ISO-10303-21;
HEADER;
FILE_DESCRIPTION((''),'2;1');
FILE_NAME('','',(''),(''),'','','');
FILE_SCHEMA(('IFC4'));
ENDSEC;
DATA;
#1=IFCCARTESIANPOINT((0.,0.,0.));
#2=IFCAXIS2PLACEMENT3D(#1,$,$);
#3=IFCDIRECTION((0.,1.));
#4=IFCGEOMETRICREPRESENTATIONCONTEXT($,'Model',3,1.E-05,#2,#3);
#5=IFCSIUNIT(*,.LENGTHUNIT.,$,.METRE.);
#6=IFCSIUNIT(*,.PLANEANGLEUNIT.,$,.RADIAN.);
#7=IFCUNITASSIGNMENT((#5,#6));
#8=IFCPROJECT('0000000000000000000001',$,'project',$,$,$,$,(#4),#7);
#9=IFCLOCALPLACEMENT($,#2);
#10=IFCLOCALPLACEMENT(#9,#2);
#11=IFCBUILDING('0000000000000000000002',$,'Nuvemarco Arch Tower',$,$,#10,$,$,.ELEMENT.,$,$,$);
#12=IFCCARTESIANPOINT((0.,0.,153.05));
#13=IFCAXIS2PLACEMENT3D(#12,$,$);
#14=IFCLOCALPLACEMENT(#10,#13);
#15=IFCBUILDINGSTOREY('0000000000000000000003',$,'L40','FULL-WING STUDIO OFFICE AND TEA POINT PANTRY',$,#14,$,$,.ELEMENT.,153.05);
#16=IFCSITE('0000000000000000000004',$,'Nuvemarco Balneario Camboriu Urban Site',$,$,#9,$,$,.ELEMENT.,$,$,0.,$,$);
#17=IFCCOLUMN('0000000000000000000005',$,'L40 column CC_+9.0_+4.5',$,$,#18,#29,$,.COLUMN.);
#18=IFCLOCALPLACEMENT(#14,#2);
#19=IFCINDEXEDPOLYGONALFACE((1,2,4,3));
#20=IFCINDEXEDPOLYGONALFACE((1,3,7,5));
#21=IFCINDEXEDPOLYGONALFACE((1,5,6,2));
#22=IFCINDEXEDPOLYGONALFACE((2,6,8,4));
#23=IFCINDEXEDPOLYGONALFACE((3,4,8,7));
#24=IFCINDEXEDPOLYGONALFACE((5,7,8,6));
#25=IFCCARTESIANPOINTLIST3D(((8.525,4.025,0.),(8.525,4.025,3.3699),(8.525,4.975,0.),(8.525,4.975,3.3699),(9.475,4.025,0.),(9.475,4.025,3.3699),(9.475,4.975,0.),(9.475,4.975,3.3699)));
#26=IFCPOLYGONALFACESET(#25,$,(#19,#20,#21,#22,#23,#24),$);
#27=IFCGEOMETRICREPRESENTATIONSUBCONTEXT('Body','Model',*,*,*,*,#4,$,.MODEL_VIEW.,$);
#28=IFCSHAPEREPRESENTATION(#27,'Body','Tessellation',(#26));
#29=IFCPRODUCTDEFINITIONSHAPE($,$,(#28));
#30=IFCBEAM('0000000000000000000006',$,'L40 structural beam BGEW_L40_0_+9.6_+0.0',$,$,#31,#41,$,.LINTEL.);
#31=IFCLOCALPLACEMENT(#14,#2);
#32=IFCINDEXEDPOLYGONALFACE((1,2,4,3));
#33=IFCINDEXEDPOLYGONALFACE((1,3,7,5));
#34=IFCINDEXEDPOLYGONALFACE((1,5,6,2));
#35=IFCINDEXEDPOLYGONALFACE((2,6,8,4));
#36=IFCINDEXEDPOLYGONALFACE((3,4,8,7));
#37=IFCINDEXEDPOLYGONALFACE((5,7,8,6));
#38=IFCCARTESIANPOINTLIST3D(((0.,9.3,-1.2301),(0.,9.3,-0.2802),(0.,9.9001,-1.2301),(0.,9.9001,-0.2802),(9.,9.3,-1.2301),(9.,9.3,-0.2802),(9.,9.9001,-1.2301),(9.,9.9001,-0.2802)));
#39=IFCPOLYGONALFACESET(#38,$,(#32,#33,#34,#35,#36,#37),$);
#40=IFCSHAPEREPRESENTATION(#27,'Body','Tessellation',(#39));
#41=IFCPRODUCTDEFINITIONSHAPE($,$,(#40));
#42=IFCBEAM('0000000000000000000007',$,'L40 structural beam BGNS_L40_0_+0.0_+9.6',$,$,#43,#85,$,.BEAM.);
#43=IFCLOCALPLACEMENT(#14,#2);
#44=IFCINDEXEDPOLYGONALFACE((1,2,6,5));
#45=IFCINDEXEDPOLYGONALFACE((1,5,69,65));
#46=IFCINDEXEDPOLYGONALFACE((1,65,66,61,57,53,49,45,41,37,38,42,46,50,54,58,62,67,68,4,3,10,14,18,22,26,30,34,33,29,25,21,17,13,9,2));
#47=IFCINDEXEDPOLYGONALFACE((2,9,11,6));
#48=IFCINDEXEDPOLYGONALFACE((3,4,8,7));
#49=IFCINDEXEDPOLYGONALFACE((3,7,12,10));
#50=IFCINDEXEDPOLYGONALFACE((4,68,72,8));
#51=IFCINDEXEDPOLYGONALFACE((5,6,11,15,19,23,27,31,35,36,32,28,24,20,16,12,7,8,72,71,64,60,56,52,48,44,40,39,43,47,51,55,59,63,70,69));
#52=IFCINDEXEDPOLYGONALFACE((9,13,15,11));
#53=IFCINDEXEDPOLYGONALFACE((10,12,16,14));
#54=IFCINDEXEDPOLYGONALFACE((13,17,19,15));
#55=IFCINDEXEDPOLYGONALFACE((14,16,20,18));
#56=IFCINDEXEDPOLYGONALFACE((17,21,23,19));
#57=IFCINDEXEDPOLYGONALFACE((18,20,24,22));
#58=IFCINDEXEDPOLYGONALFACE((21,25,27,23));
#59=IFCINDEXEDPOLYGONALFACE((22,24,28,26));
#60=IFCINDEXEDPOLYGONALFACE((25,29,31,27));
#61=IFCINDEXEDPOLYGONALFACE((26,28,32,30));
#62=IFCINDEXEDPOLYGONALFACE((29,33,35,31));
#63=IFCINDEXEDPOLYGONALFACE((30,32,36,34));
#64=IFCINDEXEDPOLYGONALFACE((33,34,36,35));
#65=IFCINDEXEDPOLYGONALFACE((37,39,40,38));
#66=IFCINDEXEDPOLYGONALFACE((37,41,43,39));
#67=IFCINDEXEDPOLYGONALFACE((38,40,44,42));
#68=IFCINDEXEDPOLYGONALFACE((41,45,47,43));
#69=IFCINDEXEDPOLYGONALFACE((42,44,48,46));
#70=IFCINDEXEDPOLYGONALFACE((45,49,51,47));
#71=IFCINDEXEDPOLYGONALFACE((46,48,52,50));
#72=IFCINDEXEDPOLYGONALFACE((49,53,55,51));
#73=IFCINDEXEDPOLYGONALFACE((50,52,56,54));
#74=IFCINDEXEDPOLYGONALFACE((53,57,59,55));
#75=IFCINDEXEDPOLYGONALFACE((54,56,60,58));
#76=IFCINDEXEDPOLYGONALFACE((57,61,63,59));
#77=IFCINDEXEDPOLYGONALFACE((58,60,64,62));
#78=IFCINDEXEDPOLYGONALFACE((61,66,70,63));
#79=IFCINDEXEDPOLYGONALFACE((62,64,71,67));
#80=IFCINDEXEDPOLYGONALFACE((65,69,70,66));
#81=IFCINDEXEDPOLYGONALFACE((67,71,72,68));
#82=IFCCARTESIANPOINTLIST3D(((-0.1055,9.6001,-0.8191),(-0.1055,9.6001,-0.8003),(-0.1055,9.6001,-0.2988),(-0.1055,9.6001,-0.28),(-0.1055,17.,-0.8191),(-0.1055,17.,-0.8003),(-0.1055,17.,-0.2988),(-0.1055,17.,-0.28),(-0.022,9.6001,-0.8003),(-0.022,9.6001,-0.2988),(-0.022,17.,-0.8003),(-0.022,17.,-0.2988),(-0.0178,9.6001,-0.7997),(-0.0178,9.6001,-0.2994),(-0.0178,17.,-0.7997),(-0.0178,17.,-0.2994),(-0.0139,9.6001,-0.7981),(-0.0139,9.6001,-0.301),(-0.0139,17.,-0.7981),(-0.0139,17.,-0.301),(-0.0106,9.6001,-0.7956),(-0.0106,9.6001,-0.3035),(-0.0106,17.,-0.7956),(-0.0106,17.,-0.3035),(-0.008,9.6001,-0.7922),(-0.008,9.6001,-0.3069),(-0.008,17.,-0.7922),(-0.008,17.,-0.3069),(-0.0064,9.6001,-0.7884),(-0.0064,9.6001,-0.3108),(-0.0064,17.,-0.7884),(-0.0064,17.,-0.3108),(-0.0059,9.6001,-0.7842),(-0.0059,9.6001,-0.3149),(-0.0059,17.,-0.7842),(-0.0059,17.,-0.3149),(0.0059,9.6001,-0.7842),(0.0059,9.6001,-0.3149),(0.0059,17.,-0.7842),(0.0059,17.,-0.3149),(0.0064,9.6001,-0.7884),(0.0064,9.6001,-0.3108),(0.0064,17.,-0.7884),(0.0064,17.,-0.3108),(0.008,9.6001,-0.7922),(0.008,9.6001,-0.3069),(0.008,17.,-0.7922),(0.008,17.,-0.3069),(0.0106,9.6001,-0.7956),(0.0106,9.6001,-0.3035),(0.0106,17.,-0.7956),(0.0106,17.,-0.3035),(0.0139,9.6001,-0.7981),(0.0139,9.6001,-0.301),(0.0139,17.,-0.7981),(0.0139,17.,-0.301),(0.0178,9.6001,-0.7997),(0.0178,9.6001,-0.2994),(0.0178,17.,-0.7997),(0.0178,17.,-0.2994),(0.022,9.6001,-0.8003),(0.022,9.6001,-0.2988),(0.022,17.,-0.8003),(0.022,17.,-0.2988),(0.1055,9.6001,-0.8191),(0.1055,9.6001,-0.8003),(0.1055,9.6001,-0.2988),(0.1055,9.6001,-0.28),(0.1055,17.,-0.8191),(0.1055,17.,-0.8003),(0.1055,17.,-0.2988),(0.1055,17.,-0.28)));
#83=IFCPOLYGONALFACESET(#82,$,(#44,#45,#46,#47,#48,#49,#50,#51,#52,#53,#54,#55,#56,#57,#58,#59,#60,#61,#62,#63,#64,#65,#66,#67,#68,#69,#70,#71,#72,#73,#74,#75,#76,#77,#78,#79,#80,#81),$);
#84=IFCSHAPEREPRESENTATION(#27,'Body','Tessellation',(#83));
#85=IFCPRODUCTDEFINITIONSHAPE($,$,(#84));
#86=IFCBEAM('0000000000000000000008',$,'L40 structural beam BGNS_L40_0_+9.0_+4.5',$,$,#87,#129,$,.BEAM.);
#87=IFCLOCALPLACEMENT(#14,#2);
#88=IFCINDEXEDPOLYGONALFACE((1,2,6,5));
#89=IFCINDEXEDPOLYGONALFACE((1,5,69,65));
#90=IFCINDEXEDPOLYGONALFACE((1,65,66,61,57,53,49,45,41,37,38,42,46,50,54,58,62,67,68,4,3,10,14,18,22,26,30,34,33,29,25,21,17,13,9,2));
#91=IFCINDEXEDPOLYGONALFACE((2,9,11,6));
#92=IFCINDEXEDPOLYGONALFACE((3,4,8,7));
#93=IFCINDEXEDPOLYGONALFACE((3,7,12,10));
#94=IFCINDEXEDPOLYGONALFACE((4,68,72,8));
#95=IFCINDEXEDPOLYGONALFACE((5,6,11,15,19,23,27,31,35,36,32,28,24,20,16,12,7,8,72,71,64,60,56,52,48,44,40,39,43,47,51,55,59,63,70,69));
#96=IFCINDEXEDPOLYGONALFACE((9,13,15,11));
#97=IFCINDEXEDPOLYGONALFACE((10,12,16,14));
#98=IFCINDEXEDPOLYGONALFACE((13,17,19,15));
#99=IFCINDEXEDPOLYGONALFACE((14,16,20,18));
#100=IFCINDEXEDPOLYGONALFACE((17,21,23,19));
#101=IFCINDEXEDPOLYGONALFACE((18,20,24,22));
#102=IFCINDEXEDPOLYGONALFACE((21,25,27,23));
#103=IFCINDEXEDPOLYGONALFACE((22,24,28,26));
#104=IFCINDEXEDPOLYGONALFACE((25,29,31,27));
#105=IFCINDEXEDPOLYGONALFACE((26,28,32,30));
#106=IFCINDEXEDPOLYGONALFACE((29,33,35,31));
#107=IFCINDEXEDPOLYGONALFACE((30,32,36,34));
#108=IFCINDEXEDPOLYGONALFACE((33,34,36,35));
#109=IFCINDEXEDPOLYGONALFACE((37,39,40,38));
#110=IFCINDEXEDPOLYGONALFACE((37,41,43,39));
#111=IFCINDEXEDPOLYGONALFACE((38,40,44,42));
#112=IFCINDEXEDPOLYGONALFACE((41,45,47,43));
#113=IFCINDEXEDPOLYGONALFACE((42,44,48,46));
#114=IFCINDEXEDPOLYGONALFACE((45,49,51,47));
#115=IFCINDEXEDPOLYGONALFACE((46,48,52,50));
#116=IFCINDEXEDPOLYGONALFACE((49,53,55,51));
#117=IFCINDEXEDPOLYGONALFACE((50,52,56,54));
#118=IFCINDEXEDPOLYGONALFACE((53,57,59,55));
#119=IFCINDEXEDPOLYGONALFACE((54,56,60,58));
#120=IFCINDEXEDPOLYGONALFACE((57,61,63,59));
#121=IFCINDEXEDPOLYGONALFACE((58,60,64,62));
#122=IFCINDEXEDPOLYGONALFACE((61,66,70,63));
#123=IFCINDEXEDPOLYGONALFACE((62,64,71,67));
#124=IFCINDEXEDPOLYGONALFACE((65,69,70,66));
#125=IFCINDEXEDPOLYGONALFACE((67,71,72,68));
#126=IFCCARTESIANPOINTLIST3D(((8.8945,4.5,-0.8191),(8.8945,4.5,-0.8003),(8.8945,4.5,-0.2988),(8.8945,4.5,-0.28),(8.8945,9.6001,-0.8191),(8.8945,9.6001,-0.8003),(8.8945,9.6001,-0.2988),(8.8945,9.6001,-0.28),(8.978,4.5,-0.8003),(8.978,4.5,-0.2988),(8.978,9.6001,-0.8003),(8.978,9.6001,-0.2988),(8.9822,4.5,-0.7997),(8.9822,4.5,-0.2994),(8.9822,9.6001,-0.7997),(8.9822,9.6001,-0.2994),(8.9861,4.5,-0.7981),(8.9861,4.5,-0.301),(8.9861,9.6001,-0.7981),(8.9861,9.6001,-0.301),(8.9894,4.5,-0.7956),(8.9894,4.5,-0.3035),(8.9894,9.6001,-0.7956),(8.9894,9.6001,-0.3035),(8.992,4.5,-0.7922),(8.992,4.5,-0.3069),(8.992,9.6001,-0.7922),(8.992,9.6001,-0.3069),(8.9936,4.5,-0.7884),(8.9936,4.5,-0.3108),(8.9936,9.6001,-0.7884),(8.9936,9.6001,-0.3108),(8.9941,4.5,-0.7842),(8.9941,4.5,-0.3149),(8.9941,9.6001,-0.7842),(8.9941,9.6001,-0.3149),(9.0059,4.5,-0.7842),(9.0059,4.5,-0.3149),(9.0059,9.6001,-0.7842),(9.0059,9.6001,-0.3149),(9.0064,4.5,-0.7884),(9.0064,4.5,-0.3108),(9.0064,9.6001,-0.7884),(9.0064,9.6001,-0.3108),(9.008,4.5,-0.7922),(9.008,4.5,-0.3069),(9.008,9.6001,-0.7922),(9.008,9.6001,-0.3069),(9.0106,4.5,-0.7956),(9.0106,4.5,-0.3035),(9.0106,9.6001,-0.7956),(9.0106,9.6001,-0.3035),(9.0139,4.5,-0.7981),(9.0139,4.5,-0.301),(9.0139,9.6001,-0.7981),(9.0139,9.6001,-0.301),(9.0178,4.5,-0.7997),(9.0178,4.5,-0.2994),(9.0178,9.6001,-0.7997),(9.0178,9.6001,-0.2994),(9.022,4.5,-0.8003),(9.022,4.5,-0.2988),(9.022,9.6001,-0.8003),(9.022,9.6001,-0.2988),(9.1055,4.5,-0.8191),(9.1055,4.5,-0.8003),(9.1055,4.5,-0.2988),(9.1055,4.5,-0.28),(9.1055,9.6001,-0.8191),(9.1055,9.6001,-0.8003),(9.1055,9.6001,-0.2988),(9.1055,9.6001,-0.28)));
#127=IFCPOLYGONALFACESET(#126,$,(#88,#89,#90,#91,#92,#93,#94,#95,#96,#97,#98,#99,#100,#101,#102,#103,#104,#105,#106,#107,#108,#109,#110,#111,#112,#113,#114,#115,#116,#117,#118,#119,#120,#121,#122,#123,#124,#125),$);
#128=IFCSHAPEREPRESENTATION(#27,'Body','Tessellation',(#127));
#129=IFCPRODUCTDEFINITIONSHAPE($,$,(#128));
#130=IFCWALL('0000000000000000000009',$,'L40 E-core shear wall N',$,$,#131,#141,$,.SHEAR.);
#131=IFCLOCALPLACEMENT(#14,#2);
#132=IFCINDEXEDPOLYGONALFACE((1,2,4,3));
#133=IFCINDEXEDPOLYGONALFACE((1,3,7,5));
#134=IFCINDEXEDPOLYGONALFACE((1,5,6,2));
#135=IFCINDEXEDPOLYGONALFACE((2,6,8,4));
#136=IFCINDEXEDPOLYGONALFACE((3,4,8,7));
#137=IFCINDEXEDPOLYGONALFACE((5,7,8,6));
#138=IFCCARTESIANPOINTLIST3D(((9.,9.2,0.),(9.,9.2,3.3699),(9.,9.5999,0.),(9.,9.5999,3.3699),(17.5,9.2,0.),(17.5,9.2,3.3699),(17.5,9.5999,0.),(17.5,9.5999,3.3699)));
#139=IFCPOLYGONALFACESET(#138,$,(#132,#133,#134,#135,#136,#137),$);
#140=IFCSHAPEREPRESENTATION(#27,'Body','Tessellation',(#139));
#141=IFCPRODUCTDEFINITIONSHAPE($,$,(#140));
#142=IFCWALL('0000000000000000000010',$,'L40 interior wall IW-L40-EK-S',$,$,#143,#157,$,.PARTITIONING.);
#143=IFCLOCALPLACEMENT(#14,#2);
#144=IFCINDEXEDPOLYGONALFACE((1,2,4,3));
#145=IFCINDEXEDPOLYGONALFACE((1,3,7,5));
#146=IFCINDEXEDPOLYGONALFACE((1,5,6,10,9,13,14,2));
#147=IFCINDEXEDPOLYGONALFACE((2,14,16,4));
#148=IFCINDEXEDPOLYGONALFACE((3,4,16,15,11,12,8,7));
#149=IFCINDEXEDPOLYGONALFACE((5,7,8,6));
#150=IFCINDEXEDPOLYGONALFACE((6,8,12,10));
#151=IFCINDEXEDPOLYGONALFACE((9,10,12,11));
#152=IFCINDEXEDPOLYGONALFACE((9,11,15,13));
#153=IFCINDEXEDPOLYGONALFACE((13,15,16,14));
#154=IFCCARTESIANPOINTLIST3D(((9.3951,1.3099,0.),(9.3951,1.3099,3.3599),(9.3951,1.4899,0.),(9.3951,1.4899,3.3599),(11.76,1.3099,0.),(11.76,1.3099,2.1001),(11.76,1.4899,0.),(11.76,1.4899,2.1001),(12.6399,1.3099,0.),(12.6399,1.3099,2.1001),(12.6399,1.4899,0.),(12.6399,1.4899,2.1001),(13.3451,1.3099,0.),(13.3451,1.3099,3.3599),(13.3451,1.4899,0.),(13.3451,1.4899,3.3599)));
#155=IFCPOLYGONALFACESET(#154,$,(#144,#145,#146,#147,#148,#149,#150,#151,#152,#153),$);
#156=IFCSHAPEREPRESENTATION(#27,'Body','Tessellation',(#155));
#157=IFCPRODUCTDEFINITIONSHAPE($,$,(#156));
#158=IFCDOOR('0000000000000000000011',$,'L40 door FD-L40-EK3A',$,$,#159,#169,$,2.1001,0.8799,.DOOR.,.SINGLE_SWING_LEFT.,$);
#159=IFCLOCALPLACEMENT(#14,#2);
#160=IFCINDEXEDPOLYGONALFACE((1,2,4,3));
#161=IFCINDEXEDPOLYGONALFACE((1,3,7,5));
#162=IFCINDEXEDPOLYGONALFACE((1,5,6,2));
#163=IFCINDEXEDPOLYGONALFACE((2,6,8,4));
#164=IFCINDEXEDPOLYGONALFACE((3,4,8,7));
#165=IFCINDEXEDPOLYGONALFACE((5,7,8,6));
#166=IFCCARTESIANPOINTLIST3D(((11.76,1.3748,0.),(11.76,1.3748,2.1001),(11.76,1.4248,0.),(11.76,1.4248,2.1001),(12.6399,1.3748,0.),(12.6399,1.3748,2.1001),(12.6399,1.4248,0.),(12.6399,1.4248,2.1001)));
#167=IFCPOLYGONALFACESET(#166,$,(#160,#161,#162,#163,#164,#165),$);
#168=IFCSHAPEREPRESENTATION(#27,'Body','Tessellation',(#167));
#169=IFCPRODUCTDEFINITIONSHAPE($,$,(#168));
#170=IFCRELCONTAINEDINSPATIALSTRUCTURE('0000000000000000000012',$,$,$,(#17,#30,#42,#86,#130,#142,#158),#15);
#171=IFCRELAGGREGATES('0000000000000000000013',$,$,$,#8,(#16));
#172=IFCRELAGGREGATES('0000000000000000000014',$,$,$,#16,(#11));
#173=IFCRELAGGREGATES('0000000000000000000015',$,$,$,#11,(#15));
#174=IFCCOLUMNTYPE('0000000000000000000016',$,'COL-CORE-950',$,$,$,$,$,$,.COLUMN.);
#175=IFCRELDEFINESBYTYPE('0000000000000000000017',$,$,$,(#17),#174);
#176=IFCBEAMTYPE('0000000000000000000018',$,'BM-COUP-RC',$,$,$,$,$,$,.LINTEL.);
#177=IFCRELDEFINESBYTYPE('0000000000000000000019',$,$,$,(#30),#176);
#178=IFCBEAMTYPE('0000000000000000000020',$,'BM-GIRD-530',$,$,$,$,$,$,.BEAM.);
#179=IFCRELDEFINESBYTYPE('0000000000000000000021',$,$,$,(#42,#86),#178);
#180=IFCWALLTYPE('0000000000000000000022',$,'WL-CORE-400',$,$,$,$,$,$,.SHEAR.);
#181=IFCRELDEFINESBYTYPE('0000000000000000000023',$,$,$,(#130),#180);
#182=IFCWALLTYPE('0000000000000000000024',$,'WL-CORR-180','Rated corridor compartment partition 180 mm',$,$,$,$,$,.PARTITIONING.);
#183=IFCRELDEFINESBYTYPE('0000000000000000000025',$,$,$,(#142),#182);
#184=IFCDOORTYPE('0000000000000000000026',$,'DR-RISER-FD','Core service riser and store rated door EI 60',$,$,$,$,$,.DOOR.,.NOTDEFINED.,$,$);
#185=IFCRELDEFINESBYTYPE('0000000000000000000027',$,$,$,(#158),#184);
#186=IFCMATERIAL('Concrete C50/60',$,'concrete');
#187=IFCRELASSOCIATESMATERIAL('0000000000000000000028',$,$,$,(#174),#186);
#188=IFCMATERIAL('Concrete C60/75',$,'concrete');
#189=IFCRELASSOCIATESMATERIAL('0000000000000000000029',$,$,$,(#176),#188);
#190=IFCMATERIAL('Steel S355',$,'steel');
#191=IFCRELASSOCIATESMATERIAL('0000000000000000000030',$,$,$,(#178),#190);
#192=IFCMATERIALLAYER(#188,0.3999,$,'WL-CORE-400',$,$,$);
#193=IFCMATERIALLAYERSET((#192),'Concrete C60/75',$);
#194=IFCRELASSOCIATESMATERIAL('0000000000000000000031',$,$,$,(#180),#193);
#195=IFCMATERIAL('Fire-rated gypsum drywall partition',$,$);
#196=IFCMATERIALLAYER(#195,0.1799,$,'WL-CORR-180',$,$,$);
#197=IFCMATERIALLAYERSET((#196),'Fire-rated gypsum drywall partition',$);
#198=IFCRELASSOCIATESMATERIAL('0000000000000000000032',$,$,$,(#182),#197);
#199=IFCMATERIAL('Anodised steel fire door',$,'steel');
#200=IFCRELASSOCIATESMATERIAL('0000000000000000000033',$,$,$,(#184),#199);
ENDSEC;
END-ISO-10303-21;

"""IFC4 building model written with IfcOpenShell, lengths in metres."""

from ifc_helpers import new_model, si_unit, direction, frame, frame_2d, origin, origin_2d, place, context, subcontext, project, spatial, rectangle, i_section, extrude, source, transform, mapped, material, layer, layer_set, material_profile, profile_set, type_object, type_shapes, element, fill, save


model = new_model("IFC4")

# Units and contexts
model_context = context("Model", 3, precision=1e-05, world=origin(), true_north=direction((0.0, 1.0)))
body_context = subcontext(model_context, "Body", "Model", "MODEL_VIEW")
ifc_project = project(units=[si_unit("LENGTHUNIT", "METRE"), si_unit("PLANEANGLEUNIT", "RADIAN")], contexts=[model_context])

# Site, building, storey
site_placement = place(None, origin())
site = spatial("IfcSite", under=ifc_project, at=site_placement, Name="Nuvemarco Balneario Camboriu Urban Site", CompositionType="ELEMENT", RefElevation=0.0)
building_placement = place(site_placement, origin())
building = spatial("IfcBuilding", under=site, at=building_placement, Name="Nuvemarco Arch Tower", CompositionType="ELEMENT")
storey_placement = place(building_placement, frame((0.0, 0.0, 153.05)))
storey = spatial("IfcBuildingStorey", under=building, at=storey_placement, Name="L40", Description="FULL-WING STUDIO OFFICE AND TEA POINT PANTRY", CompositionType="ELEMENT", Elevation=153.05)

# Column
ifc_material_1 = material(Name="Concrete C50/60", Category="concrete")
ifc_material_profile_1 = material_profile(ifc_material_1, rectangle(XDim=0.95, YDim=0.95, at=origin_2d()), Name="RC-COL-950x950")
ifc_profile_set_1 = profile_set([ifc_material_profile_1], Name="Concrete C50/60")
column_type = type_object("IfcColumnType", Name="COL-CORE-950", PredefinedType="COLUMN", material=ifc_profile_set_1)
column_placement = place(storey_placement, frame((9.0, 4.5, 0.0), z_axis=(0.0, 0.0, 1.0), x_axis=(1.0, 0.0, 0.0)))
element("IfcColumn", 1, at=column_placement, inside=storey, type_object=column_type, Name="L40 column CC_+9.0_+4.5", PredefinedType="COLUMN", context=body_context, shape_type="SweptSolid", body=[
    extrude(rectangle(XDim=0.95, YDim=0.95, at=origin_2d()), origin(), (0.0, 0.0, 1.0), 3.3699),
])

# Beams
ifc_material_2 = material(Name="Concrete C60/75", Category="concrete")
ifc_material_profile_2 = material_profile(ifc_material_2, rectangle(XDim=0.6001, YDim=0.95, at=origin_2d()), Name="RC-BM-600x950")
ifc_profile_set_2 = profile_set([ifc_material_profile_2], Name="Concrete C60/75")
beam_type_1 = type_object("IfcBeamType", Name="BM-COUP-RC", PredefinedType="LINTEL", material=ifc_profile_set_2)
beam_1_placement = place(storey_placement, frame((0.0, 9.6001, -0.7551), z_axis=(1.0, 0.0, 0.0), x_axis=(0.0, 1.0, 0.0)))
element("IfcBeam", 2, at=beam_1_placement, inside=storey, type_object=beam_type_1, Name="L40 structural beam BGEW_L40_0_+9.6_+0.0", PredefinedType="LINTEL", context=body_context, shape_type="SweptSolid", body=[
    extrude(rectangle(XDim=0.6001, YDim=0.95, at=origin_2d()), origin(), (0.0, 0.0, 1.0), 9.0),
])
ifc_material_3 = material(Name="Steel S355", Category="steel")
ifc_material_profile_3 = material_profile(ifc_material_3, i_section(OverallWidth=0.2109, OverallDepth=0.5391, WebThickness=0.0117, FlangeThickness=0.0188, FilletRadius=0.0161, at=origin_2d()), Name="W530x109")
ifc_profile_set_3 = profile_set([ifc_material_profile_3], Name="Steel S355")
beam_type_2 = type_object("IfcBeamType", Name="BM-GIRD-530", PredefinedType="BEAM", material=ifc_profile_set_3)
beam_2_placement = place(storey_placement, frame((0.0, 9.6001, -0.5496), z_axis=(0.0, 1.0, 0.0), x_axis=(-1.0, 0.0, 0.0)))
element("IfcBeam", 3, at=beam_2_placement, inside=storey, type_object=beam_type_2, Name="L40 structural beam BGNS_L40_0_+0.0_+9.6", PredefinedType="BEAM", context=body_context, shape_type="SweptSolid", body=[
    extrude(i_section(OverallWidth=0.2109, OverallDepth=0.5391, WebThickness=0.0117, FlangeThickness=0.0188, FilletRadius=0.0161, at=origin_2d()), origin(), (0.0, 0.0, 1.0), 7.3999),
])
beam_3_placement = place(storey_placement, frame((9.0, 4.5, -0.5496), z_axis=(0.0, 1.0, 0.0), x_axis=(-1.0, 0.0, 0.0)))
element("IfcBeam", 4, at=beam_3_placement, inside=storey, type_object=beam_type_2, Name="L40 structural beam BGNS_L40_0_+9.0_+4.5", PredefinedType="BEAM", context=body_context, shape_type="SweptSolid", body=[
    extrude(i_section(OverallWidth=0.2109, OverallDepth=0.5391, WebThickness=0.0117, FlangeThickness=0.0188, FilletRadius=0.0161, at=origin_2d()), origin(), (0.0, 0.0, 1.0), 5.1001),
])

# Wall
ifc_layer_1 = layer(ifc_material_2, 0.3999, Name="WL-CORE-400")
ifc_layer_set_1 = layer_set([ifc_layer_1], Name="Concrete C60/75")
wall_type_1 = type_object("IfcWallType", Name="WL-CORE-400", PredefinedType="SHEAR", material=ifc_layer_set_1)
wall_1_placement = place(storey_placement, frame((9.0, 9.3999, 0.0), z_axis=(0.0, 0.0, 1.0), x_axis=(1.0, 0.0, 0.0)))
element("IfcWall", 5, at=wall_1_placement, inside=storey, type_object=wall_type_1, Name="L40 E-core shear wall N", PredefinedType="SHEAR", context=body_context, shape_type="SweptSolid", body=[
    extrude(rectangle(XDim=8.5, YDim=0.3999, at=frame_2d((4.25, 0.0))), origin(), (0.0, 0.0, 1.0), 3.3699),
])

# Wall, opening, door
ifc_material_4 = material(Name="Fire-rated gypsum drywall partition")
ifc_layer_2 = layer(ifc_material_4, 0.1799, Name="WL-CORR-180")
ifc_layer_set_2 = layer_set([ifc_layer_2], Name="Fire-rated gypsum drywall partition")
wall_type_2 = type_object("IfcWallType", Name="WL-CORR-180", Description="Rated corridor compartment partition 180 mm", PredefinedType="PARTITIONING", material=ifc_layer_set_2)
wall_2_placement = place(storey_placement, frame((9.395, 1.3999, 0.0), z_axis=(0.0, 0.0, 1.0), x_axis=(1.0, 0.0, 0.0)))
wall_2 = element("IfcWall", 6, at=wall_2_placement, inside=storey, type_object=wall_type_2, Name="L40 interior wall IW-L40-EK-S", PredefinedType="PARTITIONING", context=body_context, shape_type="SweptSolid", body=[
    extrude(rectangle(XDim=3.95, YDim=0.1799, at=frame_2d((1.9751, 0.0))), origin(), (0.0, 0.0, 1.0), 3.3599),
])
opening_1_placement = place(wall_2_placement, frame((2.365, 0.0, 0.0)))
opening_1 = element("IfcOpeningElement", 7, at=opening_1_placement, cuts=wall_2, PredefinedType="OPENING", context=body_context, shape_type="SweptSolid", body=[
    extrude(rectangle(XDim=0.8799, YDim=2.1001, at=frame_2d((0.4399, 1.05))), frame((0.0, 0.0999, 0.0), z_axis=(0.0, -1.0, 0.0), x_axis=(1.0, 0.0, 0.0)), (0.0, 0.0, 1.0), 0.2),
])
ifc_material_5 = material(Name="Anodised steel fire door", Category="steel")
door_type_1 = type_object("IfcDoorType", Name="DR-RISER-FD", Description="Core service riser and store rated door EI 60", OperationType="NOTDEFINED", PredefinedType="DOOR", material=ifc_material_5)
shared_shape_1 = source(origin(), body_context, "Body", "SweptSolid", [
    extrude(rectangle(XDim=0.8799, YDim=2.1001, at=frame_2d((0.4399, 1.05))), frame((0.0, 0.0249, 0.0), z_axis=(0.0, -1.0, 0.0), x_axis=(1.0, 0.0, 0.0)), (0.0, 0.0, 1.0), 0.05),
])
type_shapes(door_type_1, [shared_shape_1])
door_1_placement = place(opening_1_placement, origin())
door_1 = element("IfcDoor", 8, at=door_1_placement, inside=storey, type_object=door_type_1, Name="L40 door FD-L40-EK3A", OperationType="SINGLE_SWING_LEFT", OverallHeight=2.1001, OverallWidth=0.8799, PredefinedType="DOOR", context=body_context, shape_type="MappedRepresentation", body=[
    mapped(shared_shape_1, transform((0.0, 0.0, 0.0), scale=1.0)),
])
fill(opening_1, door_1)

save(model, "model.ifc")
